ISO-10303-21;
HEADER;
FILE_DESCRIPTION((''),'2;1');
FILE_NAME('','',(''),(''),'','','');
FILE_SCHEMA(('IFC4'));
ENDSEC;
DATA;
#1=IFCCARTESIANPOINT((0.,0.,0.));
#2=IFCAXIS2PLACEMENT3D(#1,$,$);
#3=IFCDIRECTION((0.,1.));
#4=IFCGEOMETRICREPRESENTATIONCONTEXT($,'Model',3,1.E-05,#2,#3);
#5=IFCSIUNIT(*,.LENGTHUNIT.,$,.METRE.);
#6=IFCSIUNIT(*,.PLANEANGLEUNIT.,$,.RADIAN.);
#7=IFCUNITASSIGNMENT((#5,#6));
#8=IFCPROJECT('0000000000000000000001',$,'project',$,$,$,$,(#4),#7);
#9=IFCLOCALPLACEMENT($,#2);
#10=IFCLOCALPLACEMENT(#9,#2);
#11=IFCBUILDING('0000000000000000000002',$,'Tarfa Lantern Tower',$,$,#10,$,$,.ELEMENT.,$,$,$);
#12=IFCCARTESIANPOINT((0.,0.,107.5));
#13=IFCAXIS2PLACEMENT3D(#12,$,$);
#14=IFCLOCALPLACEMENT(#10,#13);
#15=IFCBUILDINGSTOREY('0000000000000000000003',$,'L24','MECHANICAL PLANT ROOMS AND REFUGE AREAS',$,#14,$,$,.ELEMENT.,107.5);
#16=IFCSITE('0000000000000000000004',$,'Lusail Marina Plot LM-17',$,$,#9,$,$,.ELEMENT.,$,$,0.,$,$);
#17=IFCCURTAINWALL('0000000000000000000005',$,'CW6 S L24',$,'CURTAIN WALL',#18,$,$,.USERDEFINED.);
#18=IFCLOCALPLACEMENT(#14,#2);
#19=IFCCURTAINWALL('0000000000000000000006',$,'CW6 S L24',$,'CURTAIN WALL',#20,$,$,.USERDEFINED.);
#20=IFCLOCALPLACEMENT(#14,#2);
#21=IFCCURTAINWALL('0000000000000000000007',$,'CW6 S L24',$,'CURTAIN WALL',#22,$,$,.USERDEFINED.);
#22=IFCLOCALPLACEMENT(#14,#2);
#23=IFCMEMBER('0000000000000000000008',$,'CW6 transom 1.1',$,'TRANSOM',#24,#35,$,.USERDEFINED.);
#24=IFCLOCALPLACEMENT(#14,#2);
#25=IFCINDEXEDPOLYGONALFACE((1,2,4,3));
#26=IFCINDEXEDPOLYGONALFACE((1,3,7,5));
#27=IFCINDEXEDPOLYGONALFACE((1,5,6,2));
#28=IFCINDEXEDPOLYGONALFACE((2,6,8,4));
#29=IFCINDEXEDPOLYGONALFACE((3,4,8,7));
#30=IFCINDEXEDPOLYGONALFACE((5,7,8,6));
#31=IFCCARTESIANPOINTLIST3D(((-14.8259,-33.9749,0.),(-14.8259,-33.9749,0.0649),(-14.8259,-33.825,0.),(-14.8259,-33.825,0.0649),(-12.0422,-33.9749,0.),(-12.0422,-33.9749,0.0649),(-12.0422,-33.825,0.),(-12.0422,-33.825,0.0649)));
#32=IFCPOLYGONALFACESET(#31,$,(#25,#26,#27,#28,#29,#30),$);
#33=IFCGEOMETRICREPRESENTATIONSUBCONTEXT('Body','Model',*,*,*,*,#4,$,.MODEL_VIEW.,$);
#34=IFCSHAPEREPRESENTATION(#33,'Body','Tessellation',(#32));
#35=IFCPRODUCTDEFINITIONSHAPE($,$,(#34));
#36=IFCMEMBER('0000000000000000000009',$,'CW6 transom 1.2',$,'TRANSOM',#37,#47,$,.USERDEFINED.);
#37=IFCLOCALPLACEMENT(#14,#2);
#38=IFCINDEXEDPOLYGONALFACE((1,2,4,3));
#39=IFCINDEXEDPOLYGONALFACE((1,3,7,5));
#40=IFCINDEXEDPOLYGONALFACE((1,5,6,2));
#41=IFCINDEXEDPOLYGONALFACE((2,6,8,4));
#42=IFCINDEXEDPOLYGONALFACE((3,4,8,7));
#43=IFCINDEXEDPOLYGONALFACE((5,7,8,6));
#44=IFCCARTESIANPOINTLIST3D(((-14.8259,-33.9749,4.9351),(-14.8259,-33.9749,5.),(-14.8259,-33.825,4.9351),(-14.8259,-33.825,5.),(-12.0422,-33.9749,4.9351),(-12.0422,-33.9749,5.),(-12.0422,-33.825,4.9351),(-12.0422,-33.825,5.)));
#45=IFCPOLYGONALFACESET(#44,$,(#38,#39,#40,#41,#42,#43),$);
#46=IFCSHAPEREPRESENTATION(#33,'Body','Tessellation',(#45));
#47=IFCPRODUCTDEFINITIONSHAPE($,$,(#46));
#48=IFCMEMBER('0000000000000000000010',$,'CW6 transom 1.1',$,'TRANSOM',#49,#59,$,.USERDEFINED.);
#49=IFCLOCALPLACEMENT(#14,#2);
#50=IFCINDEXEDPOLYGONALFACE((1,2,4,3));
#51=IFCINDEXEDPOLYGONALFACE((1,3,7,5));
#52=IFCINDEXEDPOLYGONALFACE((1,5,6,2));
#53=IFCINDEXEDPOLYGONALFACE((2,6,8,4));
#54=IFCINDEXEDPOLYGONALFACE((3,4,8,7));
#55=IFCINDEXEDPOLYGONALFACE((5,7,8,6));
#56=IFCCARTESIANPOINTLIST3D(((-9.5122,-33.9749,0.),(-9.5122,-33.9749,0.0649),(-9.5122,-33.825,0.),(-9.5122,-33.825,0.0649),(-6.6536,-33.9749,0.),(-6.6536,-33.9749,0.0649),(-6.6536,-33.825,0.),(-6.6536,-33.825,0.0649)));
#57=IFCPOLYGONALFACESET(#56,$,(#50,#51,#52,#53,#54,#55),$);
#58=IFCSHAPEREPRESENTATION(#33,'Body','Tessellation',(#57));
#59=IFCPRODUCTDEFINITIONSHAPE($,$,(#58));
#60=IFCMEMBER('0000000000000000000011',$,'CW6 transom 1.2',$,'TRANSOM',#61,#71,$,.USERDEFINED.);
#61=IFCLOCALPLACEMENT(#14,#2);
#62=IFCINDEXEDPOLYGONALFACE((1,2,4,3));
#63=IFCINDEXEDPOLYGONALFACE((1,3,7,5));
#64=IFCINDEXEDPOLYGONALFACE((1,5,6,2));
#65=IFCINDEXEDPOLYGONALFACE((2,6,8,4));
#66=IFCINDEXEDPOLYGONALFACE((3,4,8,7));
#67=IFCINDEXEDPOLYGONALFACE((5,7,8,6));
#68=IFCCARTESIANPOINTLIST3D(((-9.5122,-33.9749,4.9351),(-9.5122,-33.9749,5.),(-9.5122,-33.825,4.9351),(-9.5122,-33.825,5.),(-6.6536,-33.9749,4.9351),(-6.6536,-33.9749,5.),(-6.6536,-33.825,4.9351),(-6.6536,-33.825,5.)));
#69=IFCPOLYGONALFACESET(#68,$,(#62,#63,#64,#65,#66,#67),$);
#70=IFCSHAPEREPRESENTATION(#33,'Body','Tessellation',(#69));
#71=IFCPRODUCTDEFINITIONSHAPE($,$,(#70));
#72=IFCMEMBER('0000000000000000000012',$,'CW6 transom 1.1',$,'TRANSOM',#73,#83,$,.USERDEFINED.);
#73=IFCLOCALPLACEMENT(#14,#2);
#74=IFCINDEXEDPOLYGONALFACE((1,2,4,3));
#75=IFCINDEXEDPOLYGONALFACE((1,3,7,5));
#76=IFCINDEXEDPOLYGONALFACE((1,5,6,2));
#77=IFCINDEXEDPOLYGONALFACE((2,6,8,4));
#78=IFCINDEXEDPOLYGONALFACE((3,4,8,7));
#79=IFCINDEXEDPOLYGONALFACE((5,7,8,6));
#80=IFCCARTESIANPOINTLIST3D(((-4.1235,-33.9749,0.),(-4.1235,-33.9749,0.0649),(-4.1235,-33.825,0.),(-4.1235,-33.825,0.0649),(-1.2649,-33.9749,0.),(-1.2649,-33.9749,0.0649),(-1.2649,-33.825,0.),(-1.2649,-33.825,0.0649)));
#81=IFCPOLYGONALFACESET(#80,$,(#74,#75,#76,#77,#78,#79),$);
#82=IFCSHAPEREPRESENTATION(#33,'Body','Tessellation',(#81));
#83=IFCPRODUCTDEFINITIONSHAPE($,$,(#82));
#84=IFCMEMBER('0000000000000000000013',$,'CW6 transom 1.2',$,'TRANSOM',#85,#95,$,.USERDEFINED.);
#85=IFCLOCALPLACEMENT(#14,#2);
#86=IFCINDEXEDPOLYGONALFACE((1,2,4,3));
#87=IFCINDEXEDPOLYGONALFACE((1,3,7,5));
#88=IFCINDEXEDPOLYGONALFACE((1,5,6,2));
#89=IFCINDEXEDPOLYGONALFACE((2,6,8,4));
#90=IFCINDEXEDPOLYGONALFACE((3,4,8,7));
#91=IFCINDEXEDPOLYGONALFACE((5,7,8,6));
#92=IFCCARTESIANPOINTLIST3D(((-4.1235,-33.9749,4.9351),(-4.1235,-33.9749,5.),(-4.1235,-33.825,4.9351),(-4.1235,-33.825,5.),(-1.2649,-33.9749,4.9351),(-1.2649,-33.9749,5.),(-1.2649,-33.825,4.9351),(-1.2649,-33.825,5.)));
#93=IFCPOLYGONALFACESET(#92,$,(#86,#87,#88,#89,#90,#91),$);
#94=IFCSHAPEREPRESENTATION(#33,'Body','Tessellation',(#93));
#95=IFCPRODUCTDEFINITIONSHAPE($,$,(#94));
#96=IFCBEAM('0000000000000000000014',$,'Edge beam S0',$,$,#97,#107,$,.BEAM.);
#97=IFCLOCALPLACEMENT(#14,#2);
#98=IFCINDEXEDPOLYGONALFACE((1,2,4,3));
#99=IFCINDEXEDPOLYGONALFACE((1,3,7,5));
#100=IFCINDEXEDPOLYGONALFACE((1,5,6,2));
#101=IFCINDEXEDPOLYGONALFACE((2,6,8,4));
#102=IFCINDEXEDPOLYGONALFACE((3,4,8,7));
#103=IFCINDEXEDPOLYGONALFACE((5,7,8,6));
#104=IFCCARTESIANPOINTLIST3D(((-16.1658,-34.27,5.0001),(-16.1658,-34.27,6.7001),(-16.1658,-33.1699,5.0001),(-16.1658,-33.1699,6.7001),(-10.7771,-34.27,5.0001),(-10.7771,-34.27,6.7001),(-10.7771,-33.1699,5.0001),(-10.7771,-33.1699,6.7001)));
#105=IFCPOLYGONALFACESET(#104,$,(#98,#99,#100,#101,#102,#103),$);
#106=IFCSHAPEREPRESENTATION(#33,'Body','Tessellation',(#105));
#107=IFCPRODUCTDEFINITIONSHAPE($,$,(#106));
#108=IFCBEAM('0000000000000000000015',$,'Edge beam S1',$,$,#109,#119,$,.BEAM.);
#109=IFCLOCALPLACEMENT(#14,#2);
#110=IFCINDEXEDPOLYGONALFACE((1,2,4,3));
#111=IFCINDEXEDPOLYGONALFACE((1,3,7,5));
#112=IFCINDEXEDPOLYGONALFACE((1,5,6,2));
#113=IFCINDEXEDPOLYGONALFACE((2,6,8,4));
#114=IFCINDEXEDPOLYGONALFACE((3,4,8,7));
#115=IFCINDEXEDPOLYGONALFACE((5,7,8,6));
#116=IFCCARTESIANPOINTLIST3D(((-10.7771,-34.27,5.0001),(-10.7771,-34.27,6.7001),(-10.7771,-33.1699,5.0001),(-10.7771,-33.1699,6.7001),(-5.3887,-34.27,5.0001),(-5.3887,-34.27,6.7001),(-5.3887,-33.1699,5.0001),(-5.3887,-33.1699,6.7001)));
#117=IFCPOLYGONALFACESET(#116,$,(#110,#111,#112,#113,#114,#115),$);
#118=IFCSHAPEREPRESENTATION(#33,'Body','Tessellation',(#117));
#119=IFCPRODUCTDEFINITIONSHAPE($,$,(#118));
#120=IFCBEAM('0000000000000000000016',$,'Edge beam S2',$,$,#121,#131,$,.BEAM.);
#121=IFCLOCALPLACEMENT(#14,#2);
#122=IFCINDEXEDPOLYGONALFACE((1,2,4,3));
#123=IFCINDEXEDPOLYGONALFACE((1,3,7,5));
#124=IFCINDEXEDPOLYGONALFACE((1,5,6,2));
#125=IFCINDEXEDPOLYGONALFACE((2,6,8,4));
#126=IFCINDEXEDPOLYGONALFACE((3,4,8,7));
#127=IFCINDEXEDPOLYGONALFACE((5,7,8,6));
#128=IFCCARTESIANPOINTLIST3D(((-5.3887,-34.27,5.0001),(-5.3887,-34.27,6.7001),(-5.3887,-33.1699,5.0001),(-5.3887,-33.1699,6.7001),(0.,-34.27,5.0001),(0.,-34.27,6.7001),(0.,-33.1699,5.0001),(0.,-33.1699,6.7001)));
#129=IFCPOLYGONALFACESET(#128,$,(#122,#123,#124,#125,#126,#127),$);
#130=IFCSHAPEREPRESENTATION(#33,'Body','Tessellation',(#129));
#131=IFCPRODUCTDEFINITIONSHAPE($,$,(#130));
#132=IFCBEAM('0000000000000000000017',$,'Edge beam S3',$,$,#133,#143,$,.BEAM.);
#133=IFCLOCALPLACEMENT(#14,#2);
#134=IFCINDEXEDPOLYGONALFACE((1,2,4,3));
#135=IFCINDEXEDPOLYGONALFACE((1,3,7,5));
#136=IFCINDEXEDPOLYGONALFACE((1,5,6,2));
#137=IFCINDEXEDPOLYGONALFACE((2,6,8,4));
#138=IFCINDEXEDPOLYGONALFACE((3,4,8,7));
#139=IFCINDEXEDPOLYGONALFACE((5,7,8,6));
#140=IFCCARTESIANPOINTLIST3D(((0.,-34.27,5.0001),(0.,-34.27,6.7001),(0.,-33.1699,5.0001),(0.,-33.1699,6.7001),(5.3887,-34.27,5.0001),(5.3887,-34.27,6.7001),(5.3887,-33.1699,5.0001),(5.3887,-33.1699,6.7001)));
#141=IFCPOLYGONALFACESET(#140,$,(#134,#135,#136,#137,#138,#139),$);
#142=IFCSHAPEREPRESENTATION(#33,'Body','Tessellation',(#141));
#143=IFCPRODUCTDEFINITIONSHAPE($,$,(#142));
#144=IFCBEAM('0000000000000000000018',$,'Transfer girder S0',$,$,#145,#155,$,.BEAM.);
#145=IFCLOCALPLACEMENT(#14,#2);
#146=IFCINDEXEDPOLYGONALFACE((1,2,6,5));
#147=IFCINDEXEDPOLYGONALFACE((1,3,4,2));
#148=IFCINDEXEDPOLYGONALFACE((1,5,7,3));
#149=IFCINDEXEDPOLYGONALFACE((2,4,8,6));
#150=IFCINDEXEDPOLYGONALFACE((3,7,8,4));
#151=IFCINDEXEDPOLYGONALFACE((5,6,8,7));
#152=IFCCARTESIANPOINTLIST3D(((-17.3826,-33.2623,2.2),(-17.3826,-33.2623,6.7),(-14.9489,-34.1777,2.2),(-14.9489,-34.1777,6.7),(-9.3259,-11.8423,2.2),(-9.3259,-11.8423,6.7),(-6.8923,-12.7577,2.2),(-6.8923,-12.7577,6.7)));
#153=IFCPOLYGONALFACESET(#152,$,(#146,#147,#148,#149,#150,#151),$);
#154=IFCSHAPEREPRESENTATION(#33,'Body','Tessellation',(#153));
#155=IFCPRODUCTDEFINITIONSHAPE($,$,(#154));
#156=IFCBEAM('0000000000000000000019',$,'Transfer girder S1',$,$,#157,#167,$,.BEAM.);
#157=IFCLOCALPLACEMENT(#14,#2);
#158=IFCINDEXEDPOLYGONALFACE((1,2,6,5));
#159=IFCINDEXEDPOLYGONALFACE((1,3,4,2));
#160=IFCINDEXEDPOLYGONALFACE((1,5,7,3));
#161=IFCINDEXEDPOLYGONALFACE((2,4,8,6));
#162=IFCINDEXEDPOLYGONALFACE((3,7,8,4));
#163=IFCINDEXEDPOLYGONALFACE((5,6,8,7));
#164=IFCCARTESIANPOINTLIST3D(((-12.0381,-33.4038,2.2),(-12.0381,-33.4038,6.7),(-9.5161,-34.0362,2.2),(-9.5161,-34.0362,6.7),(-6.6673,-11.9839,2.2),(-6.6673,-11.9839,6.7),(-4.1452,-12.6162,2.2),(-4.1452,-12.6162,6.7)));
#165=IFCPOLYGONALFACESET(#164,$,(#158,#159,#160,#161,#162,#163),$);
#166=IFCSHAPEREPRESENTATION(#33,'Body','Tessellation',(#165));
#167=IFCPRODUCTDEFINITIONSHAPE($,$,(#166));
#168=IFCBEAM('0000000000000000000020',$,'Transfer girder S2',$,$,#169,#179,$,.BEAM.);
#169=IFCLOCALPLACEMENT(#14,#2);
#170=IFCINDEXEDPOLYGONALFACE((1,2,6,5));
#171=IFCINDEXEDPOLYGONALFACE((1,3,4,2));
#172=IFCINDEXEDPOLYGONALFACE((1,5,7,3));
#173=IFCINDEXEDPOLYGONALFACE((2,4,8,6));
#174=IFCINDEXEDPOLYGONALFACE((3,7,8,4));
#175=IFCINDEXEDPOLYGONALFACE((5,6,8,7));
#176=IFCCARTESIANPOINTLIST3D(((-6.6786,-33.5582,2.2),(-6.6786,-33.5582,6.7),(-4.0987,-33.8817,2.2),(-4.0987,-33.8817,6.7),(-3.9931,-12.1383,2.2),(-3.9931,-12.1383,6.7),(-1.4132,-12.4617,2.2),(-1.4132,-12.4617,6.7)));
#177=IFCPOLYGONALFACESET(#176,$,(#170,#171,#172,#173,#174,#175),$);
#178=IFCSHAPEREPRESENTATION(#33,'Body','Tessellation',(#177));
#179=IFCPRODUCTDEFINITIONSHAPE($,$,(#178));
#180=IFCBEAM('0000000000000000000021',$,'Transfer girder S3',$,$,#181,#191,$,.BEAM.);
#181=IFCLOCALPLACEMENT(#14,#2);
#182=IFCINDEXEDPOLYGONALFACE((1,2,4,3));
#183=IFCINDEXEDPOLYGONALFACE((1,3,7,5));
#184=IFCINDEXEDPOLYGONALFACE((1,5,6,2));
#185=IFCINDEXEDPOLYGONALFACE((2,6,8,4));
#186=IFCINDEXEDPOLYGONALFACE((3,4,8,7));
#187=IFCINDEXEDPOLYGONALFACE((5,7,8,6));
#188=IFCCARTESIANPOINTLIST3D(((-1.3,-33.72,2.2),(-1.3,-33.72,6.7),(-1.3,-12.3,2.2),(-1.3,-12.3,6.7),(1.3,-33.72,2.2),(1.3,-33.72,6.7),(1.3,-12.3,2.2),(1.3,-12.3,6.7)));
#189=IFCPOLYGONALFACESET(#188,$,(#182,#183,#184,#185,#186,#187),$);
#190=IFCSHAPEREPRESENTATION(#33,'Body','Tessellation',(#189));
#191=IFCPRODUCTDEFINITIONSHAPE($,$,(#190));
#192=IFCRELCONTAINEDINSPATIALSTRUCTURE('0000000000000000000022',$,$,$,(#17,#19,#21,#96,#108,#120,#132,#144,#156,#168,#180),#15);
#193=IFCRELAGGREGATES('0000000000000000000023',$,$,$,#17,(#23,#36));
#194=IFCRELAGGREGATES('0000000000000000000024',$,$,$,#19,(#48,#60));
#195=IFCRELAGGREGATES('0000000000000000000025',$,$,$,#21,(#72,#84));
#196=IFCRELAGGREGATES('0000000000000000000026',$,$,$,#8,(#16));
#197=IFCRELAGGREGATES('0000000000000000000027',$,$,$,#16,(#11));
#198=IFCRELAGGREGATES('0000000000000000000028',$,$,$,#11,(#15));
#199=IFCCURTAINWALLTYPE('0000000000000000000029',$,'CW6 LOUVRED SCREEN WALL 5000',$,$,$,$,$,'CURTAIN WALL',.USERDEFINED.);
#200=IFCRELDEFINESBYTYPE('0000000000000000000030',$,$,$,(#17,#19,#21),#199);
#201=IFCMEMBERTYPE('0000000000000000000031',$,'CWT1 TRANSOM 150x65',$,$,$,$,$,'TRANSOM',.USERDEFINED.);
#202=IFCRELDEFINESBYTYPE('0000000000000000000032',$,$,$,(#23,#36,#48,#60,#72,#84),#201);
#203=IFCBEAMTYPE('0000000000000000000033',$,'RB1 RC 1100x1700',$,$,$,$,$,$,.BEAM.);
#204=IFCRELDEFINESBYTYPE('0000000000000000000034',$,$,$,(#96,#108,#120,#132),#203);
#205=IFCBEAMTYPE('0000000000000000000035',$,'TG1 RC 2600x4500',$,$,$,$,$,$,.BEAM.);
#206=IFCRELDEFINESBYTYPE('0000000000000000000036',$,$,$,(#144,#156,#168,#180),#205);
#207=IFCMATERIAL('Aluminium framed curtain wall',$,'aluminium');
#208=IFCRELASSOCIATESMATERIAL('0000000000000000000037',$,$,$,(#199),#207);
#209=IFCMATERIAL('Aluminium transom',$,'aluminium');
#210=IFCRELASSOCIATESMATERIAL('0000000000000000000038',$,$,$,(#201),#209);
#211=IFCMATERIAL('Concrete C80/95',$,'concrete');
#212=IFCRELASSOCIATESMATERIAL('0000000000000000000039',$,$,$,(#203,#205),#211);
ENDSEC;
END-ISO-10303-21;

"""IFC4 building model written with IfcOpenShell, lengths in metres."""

from ifc_helpers import new_model, si_unit, direction, frame, origin, origin_2d, place, context, subcontext, project, spatial, rectangle, extrude, material, material_profile, profile_set, type_object, element, aggregate, save


model = new_model("IFC4")

# Units and contexts
model_context = context("Model", 3, precision=1e-05, world=origin(), true_north=direction((0.0, 1.0)))
body_context = subcontext(model_context, "Body", "Model", "MODEL_VIEW")
ifc_project = project(units=[si_unit("LENGTHUNIT", "METRE"), si_unit("PLANEANGLEUNIT", "RADIAN")], contexts=[model_context])

# Site, building, storey
site_placement = place(None, origin())
site = spatial("IfcSite", under=ifc_project, at=site_placement, Name="Lusail Marina Plot LM-17", CompositionType="ELEMENT", RefElevation=0.0)
building_placement = place(site_placement, origin())
building = spatial("IfcBuilding", under=site, at=building_placement, Name="Tarfa Lantern Tower", CompositionType="ELEMENT")
storey_placement = place(building_placement, frame((0.0, 0.0, 107.5)))
storey = spatial("IfcBuildingStorey", under=building, at=storey_placement, Name="L24", Description="MECHANICAL PLANT ROOMS AND REFUGE AREAS", CompositionType="ELEMENT", Elevation=107.5)

# Shared definitions
ifc_material_1 = material(Name="Concrete C80/95", Category="concrete")

# Curtain walls
ifc_material_2 = material(Name="Aluminium framed curtain wall", Category="aluminium")
curtain_wall_type = type_object("IfcCurtainWallType", Name="CW6 LOUVRED SCREEN WALL 5000", ElementType="CURTAIN WALL", PredefinedType="USERDEFINED", material=ifc_material_2)
curtain_wall_1_placement = place(storey_placement, origin())
curtain_wall_1 = element("IfcCurtainWall", 1, at=curtain_wall_1_placement, inside=storey, type_object=curtain_wall_type, Name="CW6 S L24", ObjectType="CURTAIN WALL", PredefinedType="USERDEFINED")
curtain_wall_2_placement = place(storey_placement, origin())
curtain_wall_2 = element("IfcCurtainWall", 2, at=curtain_wall_2_placement, inside=storey, type_object=curtain_wall_type, Name="CW6 S L24", ObjectType="CURTAIN WALL", PredefinedType="USERDEFINED")
curtain_wall_3_placement = place(storey_placement, origin())
curtain_wall_3 = element("IfcCurtainWall", 3, at=curtain_wall_3_placement, inside=storey, type_object=curtain_wall_type, Name="CW6 S L24", ObjectType="CURTAIN WALL", PredefinedType="USERDEFINED")

# Members
ifc_material_3 = material(Name="Aluminium transom", Category="aluminium")
ifc_material_profile_1 = material_profile(ifc_material_3, rectangle(XDim=0.1499, YDim=0.0649, at=origin_2d()), Name="AL TRANSOM 150x65")
ifc_profile_set_1 = profile_set([ifc_material_profile_1], Name="Aluminium transom")
member_type_1 = type_object("IfcMemberType", Name="CWT1 TRANSOM 150x65", ElementType="TRANSOM", PredefinedType="USERDEFINED", material=ifc_profile_set_1)
member_1_placement = place(storey_placement, frame((-14.8259, -33.8999, 0.0325), z_axis=(1.0, 0.0, 0.0), x_axis=(0.0, 1.0, 0.0)))
member_1 = element("IfcMember", 4, at=member_1_placement, type_object=member_type_1, Name="CW6 transom 1.1", ObjectType="TRANSOM", PredefinedType="USERDEFINED", context=body_context, shape_type="SweptSolid", body=[
    extrude(rectangle(XDim=0.1499, YDim=0.0649, at=origin_2d()), origin(), (0.0, 0.0, 1.0), 2.7837),
])
member_2_placement = place(storey_placement, frame((-14.8259, -33.8999, 4.9675), z_axis=(1.0, 0.0, 0.0), x_axis=(0.0, 1.0, 0.0)))
member_2 = element("IfcMember", 5, at=member_2_placement, type_object=member_type_1, Name="CW6 transom 1.2", ObjectType="TRANSOM", PredefinedType="USERDEFINED", context=body_context, shape_type="SweptSolid", body=[
    extrude(rectangle(XDim=0.1499, YDim=0.0649, at=origin_2d()), origin(), (0.0, 0.0, 1.0), 2.7837),
])
member_3_placement = place(storey_placement, frame((-9.5122, -33.8999, 0.0325), z_axis=(1.0, 0.0, 0.0), x_axis=(0.0, 1.0, 0.0)))
member_3 = element("IfcMember", 6, at=member_3_placement, type_object=member_type_1, Name="CW6 transom 1.1", ObjectType="TRANSOM", PredefinedType="USERDEFINED", context=body_context, shape_type="SweptSolid", body=[
    extrude(rectangle(XDim=0.1499, YDim=0.0649, at=origin_2d()), origin(), (0.0, 0.0, 1.0), 2.8586),
])
member_4_placement = place(storey_placement, frame((-9.5122, -33.8999, 4.9675), z_axis=(1.0, 0.0, 0.0), x_axis=(0.0, 1.0, 0.0)))
member_4 = element("IfcMember", 7, at=member_4_placement, type_object=member_type_1, Name="CW6 transom 1.2", ObjectType="TRANSOM", PredefinedType="USERDEFINED", context=body_context, shape_type="SweptSolid", body=[
    extrude(rectangle(XDim=0.1499, YDim=0.0649, at=origin_2d()), origin(), (0.0, 0.0, 1.0), 2.8586),
])
member_5_placement = place(storey_placement, frame((-4.1235, -33.8999, 0.0325), z_axis=(1.0, 0.0, 0.0), x_axis=(0.0, 1.0, 0.0)))
member_5 = element("IfcMember", 8, at=member_5_placement, type_object=member_type_1, Name="CW6 transom 1.1", ObjectType="TRANSOM", PredefinedType="USERDEFINED", context=body_context, shape_type="SweptSolid", body=[
    extrude(rectangle(XDim=0.1499, YDim=0.0649, at=origin_2d()), origin(), (0.0, 0.0, 1.0), 2.8586),
])
member_6_placement = place(storey_placement, frame((-4.1235, -33.8999, 4.9675), z_axis=(1.0, 0.0, 0.0), x_axis=(0.0, 1.0, 0.0)))
member_6 = element("IfcMember", 9, at=member_6_placement, type_object=member_type_1, Name="CW6 transom 1.2", ObjectType="TRANSOM", PredefinedType="USERDEFINED", context=body_context, shape_type="SweptSolid", body=[
    extrude(rectangle(XDim=0.1499, YDim=0.0649, at=origin_2d()), origin(), (0.0, 0.0, 1.0), 2.8586),
])

# Beams
ifc_material_profile_2 = material_profile(ifc_material_1, rectangle(XDim=1.1001, YDim=1.7, at=origin_2d()), Name="RC 1100x1700")
ifc_profile_set_2 = profile_set([ifc_material_profile_2], Name="Concrete C80/95")
beam_type_1 = type_object("IfcBeamType", Name="RB1 RC 1100x1700", PredefinedType="BEAM", material=ifc_profile_set_2)
beam_1_placement = place(storey_placement, frame((-16.1658, -33.72, 5.8501), z_axis=(1.0, 0.0, 0.0), x_axis=(0.0, 1.0, 0.0)))
element("IfcBeam", 10, at=beam_1_placement, inside=storey, type_object=beam_type_1, Name="Edge beam S0", PredefinedType="BEAM", context=body_context, shape_type="SweptSolid", body=[
    extrude(rectangle(XDim=1.1001, YDim=1.7, at=origin_2d()), origin(), (0.0, 0.0, 1.0), 5.3887),
])
beam_2_placement = place(storey_placement, frame((-10.7771, -33.72, 5.8501), z_axis=(1.0, 0.0, 0.0), x_axis=(0.0, 1.0, 0.0)))
element("IfcBeam", 11, at=beam_2_placement, inside=storey, type_object=beam_type_1, Name="Edge beam S1", PredefinedType="BEAM", context=body_context, shape_type="SweptSolid", body=[
    extrude(rectangle(XDim=1.1001, YDim=1.7, at=origin_2d()), origin(), (0.0, 0.0, 1.0), 5.3884),
])
for number, where, z_axis, x_axis, name in (
    (12, (-5.3887, -33.72, 5.8501), (1.0, 0.0, 0.0), (0.0, 1.0, 0.0), "Edge beam S2"),
    (13, (0.0, -33.72, 5.8501), (1.0, 0.0, 0.0), (0.0, 1.0, 0.0), "Edge beam S3"),
):
    element("IfcBeam", number, at=place(storey_placement, frame(where, z_axis=z_axis, x_axis=x_axis)), inside=storey, type_object=beam_type_1, Name=name, PredefinedType="BEAM", context=body_context, shape_type="SweptSolid", body=[
        extrude(rectangle(XDim=1.1001, YDim=1.7, at=origin_2d()), origin(), (0.0, 0.0, 1.0), 5.3887),
    ])
ifc_material_profile_3 = material_profile(ifc_material_1, rectangle(XDim=2.6001, YDim=4.5, at=origin_2d()), Name="RC 2600x4500")
ifc_profile_set_3 = profile_set([ifc_material_profile_3], Name="Concrete C80/95")
beam_type_2 = type_object("IfcBeamType", Name="TG1 RC 2600x4500", PredefinedType="BEAM", material=ifc_profile_set_3)
beam_3_placement = place(storey_placement, frame((-16.1658, -33.72, 4.45), z_axis=(0.352049, 0.935981, 0.0), x_axis=(-0.935981, 0.352049, 0.0)))
element("IfcBeam", 14, at=beam_3_placement, inside=storey, type_object=beam_type_2, Name="Transfer girder S0", PredefinedType="BEAM", context=body_context, shape_type="SweptSolid", body=[
    extrude(rectangle(XDim=2.6001, YDim=4.5, at=origin_2d()), origin(), (0.0, 0.0, 1.0), 22.885),
])
beam_4_placement = place(storey_placement, frame((-10.7771, -33.72, 4.45), z_axis=(0.243212, 0.969973, 0.0), x_axis=(-0.969973, 0.243212, 0.0)))
element("IfcBeam", 15, at=beam_4_placement, inside=storey, type_object=beam_type_2, Name="Transfer girder S1", PredefinedType="BEAM", context=body_context, shape_type="SweptSolid", body=[
    extrude(rectangle(XDim=2.6001, YDim=4.5, at=origin_2d()), origin(), (0.0, 0.0, 1.0), 22.083),
])
beam_5_placement = place(storey_placement, frame((-5.3887, -33.72, 4.45), z_axis=(0.124402, 0.992232, 0.0), x_axis=(-0.992232, 0.124402, 0.0)))
element("IfcBeam", 16, at=beam_5_placement, inside=storey, type_object=beam_type_2, Name="Transfer girder S2", PredefinedType="BEAM", context=body_context, shape_type="SweptSolid", body=[
    extrude(rectangle(XDim=2.6001, YDim=4.5, at=origin_2d()), origin(), (0.0, 0.0, 1.0), 21.5876),
])
beam_6_placement = place(storey_placement, frame((0.0, -33.72, 4.45), z_axis=(0.0, 1.0, 0.0), x_axis=(-1.0, 0.0, 0.0)))
element("IfcBeam", 17, at=beam_6_placement, inside=storey, type_object=beam_type_2, Name="Transfer girder S3", PredefinedType="BEAM", context=body_context, shape_type="SweptSolid", body=[
    extrude(rectangle(XDim=2.6001, YDim=4.5, at=origin_2d()), origin(), (0.0, 0.0, 1.0), 21.4199),
])

aggregate(curtain_wall_1, [member_1, member_2])
aggregate(curtain_wall_2, [member_3, member_4])
aggregate(curtain_wall_3, [member_5, member_6])

save(model, "model.ifc")
